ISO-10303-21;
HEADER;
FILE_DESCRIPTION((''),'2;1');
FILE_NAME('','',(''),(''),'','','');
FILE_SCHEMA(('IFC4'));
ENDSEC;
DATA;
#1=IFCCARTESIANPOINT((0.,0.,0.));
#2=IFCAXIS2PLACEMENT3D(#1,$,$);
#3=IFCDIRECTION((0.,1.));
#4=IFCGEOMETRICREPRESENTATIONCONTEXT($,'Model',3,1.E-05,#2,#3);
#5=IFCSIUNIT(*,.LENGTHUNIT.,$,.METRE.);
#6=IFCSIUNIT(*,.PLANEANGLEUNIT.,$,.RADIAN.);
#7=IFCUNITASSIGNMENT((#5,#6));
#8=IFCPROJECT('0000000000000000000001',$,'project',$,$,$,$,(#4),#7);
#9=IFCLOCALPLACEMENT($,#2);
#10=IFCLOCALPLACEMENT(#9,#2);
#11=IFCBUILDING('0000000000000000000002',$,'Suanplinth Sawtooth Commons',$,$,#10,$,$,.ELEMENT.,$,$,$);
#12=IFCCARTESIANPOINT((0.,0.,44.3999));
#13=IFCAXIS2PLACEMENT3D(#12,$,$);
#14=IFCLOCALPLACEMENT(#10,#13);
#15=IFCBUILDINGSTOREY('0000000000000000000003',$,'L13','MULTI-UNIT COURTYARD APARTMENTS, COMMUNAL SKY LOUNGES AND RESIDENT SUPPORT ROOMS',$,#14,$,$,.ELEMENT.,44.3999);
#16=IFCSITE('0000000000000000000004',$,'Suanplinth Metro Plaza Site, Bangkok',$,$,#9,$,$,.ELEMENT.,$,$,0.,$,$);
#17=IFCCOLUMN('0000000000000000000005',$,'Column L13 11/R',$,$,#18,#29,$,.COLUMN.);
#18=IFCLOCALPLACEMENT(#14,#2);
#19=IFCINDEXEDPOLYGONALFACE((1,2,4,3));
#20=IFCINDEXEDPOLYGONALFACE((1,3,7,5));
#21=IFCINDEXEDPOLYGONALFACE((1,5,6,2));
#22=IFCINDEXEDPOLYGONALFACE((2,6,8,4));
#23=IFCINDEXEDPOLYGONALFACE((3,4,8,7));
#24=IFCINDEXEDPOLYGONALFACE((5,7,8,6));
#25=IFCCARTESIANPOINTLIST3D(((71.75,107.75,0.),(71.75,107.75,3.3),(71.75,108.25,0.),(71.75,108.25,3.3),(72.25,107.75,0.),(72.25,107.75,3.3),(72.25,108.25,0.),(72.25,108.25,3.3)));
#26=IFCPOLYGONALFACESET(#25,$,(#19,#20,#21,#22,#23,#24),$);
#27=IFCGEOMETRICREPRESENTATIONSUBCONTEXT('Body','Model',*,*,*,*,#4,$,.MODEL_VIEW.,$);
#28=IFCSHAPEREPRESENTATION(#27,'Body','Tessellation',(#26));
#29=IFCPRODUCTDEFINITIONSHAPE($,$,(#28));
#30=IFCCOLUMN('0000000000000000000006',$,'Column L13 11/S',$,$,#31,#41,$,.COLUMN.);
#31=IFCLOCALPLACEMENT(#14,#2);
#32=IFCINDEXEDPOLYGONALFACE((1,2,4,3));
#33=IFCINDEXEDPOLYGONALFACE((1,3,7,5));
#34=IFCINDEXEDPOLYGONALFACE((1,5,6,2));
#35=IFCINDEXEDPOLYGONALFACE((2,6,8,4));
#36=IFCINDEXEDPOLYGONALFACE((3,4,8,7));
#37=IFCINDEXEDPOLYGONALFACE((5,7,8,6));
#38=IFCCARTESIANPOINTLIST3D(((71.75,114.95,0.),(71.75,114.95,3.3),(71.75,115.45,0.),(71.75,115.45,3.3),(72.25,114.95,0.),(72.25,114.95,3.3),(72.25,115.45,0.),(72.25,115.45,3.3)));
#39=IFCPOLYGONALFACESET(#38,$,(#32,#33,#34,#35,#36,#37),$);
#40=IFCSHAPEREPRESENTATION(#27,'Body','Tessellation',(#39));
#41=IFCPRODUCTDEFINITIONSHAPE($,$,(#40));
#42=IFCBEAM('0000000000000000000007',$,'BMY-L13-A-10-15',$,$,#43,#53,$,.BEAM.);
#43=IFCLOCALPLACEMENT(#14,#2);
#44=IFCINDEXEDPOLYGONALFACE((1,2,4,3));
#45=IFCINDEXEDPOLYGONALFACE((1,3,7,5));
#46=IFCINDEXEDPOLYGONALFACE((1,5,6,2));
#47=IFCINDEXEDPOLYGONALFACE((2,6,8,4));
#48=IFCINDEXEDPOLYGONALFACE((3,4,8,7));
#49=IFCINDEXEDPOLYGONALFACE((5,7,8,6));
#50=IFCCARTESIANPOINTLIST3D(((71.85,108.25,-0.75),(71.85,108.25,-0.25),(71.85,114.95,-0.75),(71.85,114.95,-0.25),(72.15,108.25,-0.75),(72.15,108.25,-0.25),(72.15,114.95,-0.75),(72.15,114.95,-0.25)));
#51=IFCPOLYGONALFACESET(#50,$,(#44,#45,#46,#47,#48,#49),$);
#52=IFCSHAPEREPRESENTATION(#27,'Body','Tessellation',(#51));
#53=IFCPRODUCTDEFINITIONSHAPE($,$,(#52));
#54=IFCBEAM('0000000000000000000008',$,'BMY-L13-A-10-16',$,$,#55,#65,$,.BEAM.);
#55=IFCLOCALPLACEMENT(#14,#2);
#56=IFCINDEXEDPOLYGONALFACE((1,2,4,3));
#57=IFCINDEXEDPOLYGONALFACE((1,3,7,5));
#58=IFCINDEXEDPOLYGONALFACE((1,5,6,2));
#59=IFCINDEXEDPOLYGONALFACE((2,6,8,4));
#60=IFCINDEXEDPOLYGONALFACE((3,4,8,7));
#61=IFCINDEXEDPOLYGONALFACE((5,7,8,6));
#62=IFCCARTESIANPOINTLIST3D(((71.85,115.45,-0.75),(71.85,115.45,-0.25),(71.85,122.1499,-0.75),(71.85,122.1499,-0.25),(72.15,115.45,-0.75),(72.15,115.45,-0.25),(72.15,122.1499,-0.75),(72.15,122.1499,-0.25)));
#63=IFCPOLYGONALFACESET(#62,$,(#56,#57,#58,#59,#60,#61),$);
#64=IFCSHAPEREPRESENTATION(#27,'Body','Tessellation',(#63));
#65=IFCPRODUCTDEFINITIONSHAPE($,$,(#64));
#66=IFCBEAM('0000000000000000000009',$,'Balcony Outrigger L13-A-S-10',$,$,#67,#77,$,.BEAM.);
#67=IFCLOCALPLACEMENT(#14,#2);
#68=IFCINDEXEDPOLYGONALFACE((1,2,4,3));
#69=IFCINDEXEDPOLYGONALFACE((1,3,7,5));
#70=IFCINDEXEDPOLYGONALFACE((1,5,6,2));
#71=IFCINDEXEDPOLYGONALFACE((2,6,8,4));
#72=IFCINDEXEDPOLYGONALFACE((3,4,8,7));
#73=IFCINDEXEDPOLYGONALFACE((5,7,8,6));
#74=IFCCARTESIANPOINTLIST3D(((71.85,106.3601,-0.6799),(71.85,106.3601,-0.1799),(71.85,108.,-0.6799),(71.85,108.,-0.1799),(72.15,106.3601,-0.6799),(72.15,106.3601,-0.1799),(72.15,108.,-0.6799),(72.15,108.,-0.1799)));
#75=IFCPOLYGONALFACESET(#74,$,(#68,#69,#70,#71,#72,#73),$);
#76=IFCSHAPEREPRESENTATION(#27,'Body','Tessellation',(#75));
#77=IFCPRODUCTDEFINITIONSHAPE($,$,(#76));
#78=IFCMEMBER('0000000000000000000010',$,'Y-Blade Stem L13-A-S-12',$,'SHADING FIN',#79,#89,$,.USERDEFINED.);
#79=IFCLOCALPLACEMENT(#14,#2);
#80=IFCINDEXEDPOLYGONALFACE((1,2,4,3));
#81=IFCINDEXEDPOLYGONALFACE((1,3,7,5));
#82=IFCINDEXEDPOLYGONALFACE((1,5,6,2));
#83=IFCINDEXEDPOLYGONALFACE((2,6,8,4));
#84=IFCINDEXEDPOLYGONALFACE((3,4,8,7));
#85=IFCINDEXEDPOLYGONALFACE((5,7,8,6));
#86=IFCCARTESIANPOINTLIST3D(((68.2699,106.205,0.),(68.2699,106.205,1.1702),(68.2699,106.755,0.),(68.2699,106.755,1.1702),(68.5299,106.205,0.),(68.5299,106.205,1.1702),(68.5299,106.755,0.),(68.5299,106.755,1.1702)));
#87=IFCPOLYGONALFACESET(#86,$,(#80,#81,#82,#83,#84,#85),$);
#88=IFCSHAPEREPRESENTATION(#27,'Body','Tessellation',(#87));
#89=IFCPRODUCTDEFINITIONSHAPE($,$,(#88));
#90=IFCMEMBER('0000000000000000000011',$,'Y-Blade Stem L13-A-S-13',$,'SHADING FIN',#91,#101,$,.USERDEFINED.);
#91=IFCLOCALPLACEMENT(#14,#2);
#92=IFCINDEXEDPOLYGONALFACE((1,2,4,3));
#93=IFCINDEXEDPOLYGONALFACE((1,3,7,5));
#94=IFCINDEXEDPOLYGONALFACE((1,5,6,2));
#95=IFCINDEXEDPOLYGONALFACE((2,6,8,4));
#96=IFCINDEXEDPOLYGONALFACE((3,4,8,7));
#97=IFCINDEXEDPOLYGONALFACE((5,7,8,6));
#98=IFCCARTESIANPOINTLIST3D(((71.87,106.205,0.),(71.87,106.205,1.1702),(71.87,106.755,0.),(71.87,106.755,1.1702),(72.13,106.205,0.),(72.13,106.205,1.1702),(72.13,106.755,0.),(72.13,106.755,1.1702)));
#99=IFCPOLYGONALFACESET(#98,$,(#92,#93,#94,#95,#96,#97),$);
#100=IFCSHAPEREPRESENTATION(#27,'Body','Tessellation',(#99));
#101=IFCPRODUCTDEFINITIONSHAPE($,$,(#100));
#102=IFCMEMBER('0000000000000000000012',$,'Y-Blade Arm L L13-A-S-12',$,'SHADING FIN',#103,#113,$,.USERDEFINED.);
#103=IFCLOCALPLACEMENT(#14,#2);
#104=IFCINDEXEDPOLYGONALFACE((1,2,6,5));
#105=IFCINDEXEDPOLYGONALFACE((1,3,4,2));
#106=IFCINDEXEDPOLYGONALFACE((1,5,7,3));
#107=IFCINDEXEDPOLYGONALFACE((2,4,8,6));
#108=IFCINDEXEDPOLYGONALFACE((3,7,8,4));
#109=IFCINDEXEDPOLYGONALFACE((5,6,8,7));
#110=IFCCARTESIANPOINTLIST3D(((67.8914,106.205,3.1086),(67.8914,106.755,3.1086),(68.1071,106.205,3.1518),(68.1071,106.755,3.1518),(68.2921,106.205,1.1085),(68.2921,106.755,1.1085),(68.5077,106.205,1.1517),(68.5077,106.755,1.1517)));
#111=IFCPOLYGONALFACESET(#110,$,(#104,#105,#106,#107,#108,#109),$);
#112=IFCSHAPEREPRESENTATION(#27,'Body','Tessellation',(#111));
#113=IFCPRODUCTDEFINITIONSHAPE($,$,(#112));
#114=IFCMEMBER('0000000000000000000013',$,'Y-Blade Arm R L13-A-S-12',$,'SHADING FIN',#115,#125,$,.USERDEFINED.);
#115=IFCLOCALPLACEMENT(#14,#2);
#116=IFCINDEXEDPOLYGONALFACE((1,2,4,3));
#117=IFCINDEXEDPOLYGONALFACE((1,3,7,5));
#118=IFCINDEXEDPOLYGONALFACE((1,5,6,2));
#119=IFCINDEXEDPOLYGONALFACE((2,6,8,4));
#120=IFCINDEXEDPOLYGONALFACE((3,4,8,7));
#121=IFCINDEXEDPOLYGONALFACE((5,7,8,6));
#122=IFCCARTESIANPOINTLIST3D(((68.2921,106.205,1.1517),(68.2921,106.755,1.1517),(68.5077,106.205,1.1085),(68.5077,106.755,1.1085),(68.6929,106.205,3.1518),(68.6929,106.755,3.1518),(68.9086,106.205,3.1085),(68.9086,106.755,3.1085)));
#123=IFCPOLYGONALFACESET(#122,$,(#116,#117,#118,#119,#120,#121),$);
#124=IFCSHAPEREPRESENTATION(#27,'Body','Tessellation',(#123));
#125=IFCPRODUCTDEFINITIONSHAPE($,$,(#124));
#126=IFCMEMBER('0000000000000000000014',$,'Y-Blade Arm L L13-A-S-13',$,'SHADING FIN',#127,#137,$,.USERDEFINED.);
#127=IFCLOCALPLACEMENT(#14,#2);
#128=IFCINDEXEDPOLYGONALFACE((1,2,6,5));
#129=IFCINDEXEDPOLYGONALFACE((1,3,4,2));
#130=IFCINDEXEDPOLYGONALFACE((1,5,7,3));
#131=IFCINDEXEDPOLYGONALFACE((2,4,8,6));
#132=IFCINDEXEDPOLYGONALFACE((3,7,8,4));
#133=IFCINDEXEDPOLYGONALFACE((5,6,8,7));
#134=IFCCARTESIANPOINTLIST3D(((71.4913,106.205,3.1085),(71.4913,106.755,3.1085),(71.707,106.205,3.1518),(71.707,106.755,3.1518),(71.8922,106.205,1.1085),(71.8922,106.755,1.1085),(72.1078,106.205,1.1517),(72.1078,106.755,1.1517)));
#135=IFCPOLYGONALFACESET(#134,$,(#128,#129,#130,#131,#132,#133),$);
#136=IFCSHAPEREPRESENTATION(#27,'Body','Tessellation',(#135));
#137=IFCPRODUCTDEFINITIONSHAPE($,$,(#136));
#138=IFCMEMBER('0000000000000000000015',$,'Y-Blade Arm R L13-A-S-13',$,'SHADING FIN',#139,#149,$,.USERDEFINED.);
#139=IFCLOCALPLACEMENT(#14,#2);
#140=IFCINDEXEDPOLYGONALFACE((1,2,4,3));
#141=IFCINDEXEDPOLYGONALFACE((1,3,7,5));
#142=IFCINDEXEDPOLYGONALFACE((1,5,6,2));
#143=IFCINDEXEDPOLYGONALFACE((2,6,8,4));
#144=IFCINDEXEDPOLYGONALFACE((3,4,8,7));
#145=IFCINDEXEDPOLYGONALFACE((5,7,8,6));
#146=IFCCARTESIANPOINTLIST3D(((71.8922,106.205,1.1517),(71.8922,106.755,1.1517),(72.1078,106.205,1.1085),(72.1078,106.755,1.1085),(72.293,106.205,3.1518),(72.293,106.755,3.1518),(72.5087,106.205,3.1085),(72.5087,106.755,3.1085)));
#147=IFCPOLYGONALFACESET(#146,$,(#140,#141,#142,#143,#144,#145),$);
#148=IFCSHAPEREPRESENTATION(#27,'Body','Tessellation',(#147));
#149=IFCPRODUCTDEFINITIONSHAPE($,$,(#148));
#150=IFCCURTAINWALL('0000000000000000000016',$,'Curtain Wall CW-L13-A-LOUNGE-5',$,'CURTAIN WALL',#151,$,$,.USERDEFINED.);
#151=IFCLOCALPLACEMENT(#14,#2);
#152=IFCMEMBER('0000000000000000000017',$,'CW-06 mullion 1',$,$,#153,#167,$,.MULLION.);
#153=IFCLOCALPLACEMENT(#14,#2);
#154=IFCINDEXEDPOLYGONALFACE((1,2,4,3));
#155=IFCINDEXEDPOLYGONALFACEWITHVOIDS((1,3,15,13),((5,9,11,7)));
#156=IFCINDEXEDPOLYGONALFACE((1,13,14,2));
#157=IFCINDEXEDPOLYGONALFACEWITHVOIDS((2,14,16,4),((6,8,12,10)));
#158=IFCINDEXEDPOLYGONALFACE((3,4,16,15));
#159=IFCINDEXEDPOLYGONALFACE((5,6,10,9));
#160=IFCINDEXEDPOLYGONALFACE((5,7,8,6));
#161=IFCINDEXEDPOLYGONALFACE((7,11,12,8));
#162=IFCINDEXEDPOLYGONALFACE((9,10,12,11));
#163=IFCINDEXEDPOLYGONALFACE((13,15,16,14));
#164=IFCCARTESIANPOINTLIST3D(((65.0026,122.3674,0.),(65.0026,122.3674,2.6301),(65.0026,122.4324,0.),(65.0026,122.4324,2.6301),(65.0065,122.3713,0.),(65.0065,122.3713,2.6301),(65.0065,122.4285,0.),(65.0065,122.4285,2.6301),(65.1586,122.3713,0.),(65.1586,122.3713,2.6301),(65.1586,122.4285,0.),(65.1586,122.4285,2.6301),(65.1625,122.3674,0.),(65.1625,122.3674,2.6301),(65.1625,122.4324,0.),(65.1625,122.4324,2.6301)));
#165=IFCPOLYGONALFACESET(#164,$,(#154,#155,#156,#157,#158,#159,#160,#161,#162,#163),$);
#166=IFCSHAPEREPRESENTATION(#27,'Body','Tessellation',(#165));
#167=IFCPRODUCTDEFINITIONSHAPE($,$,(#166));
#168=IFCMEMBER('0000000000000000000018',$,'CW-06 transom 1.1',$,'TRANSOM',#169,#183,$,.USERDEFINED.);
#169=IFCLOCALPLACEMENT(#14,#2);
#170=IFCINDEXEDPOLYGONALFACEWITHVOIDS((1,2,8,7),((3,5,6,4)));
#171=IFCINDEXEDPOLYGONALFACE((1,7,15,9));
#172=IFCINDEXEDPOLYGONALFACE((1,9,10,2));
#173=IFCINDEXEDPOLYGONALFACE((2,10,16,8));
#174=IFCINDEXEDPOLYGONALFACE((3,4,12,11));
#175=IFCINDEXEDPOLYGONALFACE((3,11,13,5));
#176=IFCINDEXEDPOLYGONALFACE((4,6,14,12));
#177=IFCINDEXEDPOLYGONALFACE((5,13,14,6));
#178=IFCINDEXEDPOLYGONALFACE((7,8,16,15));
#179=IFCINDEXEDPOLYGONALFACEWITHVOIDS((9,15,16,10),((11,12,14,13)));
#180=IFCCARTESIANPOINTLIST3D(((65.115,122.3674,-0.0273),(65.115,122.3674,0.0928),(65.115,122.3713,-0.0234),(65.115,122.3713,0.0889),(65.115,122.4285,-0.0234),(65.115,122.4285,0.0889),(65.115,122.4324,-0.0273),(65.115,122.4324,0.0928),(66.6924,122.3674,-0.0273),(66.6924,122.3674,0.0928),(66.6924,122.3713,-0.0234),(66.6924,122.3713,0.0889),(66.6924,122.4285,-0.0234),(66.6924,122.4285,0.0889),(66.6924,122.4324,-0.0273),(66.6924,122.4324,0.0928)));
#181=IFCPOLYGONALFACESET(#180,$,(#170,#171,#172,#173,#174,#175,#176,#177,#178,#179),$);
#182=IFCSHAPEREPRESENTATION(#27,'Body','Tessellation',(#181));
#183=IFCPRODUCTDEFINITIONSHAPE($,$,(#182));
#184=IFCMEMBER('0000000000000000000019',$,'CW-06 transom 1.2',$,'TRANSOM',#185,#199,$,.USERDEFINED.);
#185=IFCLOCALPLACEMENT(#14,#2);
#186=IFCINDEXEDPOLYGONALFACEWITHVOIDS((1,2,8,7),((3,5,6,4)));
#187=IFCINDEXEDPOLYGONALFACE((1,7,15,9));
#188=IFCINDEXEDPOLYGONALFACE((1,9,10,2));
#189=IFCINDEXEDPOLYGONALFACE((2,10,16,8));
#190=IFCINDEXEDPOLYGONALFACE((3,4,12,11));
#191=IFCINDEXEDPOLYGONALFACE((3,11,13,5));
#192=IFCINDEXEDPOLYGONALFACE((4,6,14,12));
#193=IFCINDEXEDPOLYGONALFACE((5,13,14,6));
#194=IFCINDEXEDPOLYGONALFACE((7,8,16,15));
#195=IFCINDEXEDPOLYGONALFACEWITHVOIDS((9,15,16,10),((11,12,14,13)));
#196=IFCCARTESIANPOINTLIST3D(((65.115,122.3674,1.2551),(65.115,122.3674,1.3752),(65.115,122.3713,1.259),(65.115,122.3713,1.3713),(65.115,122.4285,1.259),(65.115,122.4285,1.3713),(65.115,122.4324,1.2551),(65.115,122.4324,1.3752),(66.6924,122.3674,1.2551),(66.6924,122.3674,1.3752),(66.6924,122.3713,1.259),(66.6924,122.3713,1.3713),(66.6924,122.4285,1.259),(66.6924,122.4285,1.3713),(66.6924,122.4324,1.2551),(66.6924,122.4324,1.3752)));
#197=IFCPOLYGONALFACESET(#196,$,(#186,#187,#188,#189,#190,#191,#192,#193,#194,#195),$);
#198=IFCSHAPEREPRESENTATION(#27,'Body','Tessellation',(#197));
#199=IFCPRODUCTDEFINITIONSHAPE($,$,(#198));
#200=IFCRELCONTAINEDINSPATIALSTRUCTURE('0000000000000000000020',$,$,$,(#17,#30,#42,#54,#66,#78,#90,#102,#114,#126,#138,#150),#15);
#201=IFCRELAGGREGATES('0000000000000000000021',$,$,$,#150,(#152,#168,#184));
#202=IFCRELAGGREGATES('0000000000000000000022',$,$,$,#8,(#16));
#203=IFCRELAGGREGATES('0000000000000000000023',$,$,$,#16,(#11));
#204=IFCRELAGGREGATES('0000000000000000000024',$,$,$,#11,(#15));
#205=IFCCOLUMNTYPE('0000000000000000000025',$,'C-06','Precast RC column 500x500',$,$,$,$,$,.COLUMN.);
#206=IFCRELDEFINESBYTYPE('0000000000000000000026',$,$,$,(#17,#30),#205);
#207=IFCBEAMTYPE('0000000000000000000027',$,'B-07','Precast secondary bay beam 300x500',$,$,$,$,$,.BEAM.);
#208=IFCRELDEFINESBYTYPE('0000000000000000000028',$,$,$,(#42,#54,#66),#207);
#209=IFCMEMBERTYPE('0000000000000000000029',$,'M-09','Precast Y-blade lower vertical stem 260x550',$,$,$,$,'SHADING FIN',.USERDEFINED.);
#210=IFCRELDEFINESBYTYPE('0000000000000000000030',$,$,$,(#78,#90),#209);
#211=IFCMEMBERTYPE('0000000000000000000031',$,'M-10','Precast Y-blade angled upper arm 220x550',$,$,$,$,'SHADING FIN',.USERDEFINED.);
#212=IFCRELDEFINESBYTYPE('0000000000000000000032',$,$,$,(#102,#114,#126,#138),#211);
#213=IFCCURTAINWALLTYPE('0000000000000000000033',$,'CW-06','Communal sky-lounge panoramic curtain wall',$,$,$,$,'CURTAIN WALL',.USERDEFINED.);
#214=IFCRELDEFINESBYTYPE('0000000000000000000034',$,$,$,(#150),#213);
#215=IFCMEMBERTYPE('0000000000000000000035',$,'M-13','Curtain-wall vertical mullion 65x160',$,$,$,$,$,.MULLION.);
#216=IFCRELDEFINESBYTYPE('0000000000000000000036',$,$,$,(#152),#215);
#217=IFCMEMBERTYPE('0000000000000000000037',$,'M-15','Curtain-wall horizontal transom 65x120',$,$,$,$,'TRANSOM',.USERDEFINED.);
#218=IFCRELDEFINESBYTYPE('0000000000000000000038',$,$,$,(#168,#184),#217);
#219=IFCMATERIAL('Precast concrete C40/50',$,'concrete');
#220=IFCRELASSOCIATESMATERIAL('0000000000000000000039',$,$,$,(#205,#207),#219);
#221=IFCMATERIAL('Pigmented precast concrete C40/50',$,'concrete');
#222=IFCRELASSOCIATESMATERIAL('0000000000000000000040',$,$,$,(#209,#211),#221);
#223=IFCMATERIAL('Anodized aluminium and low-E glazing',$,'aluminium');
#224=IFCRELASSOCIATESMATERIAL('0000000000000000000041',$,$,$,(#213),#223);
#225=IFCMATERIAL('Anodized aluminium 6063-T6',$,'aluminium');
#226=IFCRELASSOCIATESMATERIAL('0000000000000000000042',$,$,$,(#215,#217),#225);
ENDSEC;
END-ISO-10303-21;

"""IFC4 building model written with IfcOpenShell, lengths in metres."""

from ifc_helpers import new_model, si_unit, direction, frame, origin, origin_2d, place, context, subcontext, project, spatial, rectangle, hollow_rectangle, extrude, material, material_profile, profile_set, type_object, element, aggregate, save


model = new_model("IFC4")

# Units and contexts
model_context = context("Model", 3, precision=1e-05, world=origin(), true_north=direction((0.0, 1.0)))
body_context = subcontext(model_context, "Body", "Model", "MODEL_VIEW")
ifc_project = project(units=[si_unit("LENGTHUNIT", "METRE"), si_unit("PLANEANGLEUNIT", "RADIAN")], contexts=[model_context])

# Site, building, storey
site_placement = place(None, origin())
site = spatial("IfcSite", under=ifc_project, at=site_placement, Name="Suanplinth Metro Plaza Site, Bangkok", CompositionType="ELEMENT", RefElevation=0.0)
building_placement = place(site_placement, origin())
building = spatial("IfcBuilding", under=site, at=building_placement, Name="Suanplinth Sawtooth Commons", CompositionType="ELEMENT")
storey_placement = place(building_placement, frame((0.0, 0.0, 44.3999)))
storey = spatial("IfcBuildingStorey", under=building, at=storey_placement, Name="L13", Description="MULTI-UNIT COURTYARD APARTMENTS, COMMUNAL SKY LOUNGES AND RESIDENT SUPPORT ROOMS", CompositionType="ELEMENT", Elevation=44.3999)

# Columns
ifc_material_1 = material(Name="Precast concrete C40/50", Category="concrete")
ifc_material_profile_1 = material_profile(ifc_material_1, rectangle(XDim=0.5, YDim=0.5, at=origin_2d()), Name="PC-COL 500x500")
ifc_profile_set_1 = profile_set([ifc_material_profile_1], Name="Precast concrete C40/50")
column_type = type_object("IfcColumnType", Name="C-06", Description="Precast RC column 500x500", PredefinedType="COLUMN", material=ifc_profile_set_1)
for number, where, z_axis, x_axis, name in (
    (1, (72.0, 108.0, 0.0), (0.0, 0.0, 1.0), (1.0, 0.0, 0.0), "Column L13 11/R"),
    (2, (72.0, 115.2, 0.0), (0.0, 0.0, 1.0), (1.0, 0.0, 0.0), "Column L13 11/S"),
):
    element("IfcColumn", number, at=place(storey_placement, frame(where, z_axis=z_axis, x_axis=x_axis)), inside=storey, type_object=column_type, Name=name, PredefinedType="COLUMN", context=body_context, shape_type="SweptSolid", body=[
        extrude(rectangle(XDim=0.5, YDim=0.5, at=origin_2d()), origin(), (0.0, 0.0, 1.0), 3.3),
    ])

# Beams
ifc_material_profile_2 = material_profile(ifc_material_1, rectangle(XDim=0.3, YDim=0.5, at=origin_2d()), Name="PC-BM 300x500")
ifc_profile_set_2 = profile_set([ifc_material_profile_2], Name="Precast concrete C40/50")
beam_type = type_object("IfcBeamType", Name="B-07", Description="Precast secondary bay beam 300x500", PredefinedType="BEAM", material=ifc_profile_set_2)
for number, where, z_axis, x_axis, name in (
    (3, (72.0, 108.25, -0.5), (0.0, 1.0, 0.0), (-1.0, 0.0, 0.0), "BMY-L13-A-10-15"),
    (4, (72.0, 115.45, -0.5), (0.0, 1.0, 0.0), (-1.0, 0.0, 0.0), "BMY-L13-A-10-16"),
):
    element("IfcBeam", number, at=place(storey_placement, frame(where, z_axis=z_axis, x_axis=x_axis)), inside=storey, type_object=beam_type, Name=name, PredefinedType="BEAM", context=body_context, shape_type="SweptSolid", body=[
        extrude(rectangle(XDim=0.3, YDim=0.5, at=origin_2d()), origin(), (0.0, 0.0, 1.0), 6.7),
    ])
beam_placement = place(storey_placement, frame((72.0, 108.0, -0.4299), z_axis=(0.0, -1.0, 0.0), x_axis=(1.0, 0.0, 0.0)))
element("IfcBeam", 5, at=beam_placement, inside=storey, type_object=beam_type, Name="Balcony Outrigger L13-A-S-10", PredefinedType="BEAM", context=body_context, shape_type="SweptSolid", body=[
    extrude(rectangle(XDim=0.3, YDim=0.5, at=origin_2d()), origin(), (0.0, 0.0, 1.0), 1.6399),
])

# Members
ifc_material_2 = material(Name="Pigmented precast concrete C40/50", Category="concrete")
ifc_material_profile_3 = material_profile(ifc_material_2, rectangle(XDim=0.26, YDim=0.55, at=origin_2d()), Name="PC-FIN 260x550")
ifc_profile_set_3 = profile_set([ifc_material_profile_3], Name="Pigmented precast concrete C40/50")
member_type_1 = type_object("IfcMemberType", Name="M-09", Description="Precast Y-blade lower vertical stem 260x550", ElementType="SHADING FIN", PredefinedType="USERDEFINED", material=ifc_profile_set_3)
for number, where, z_axis, x_axis, name in (
    (6, (68.3999, 106.48, 0.0), (0.0, 0.0, 1.0), (1.0, 0.0, 0.0), "Y-Blade Stem L13-A-S-12"),
    (7, (72.0, 106.48, 0.0), (0.0, 0.0, 1.0), (1.0, 0.0, 0.0), "Y-Blade Stem L13-A-S-13"),
):
    element("IfcMember", number, at=place(storey_placement, frame(where, z_axis=z_axis, x_axis=x_axis)), inside=storey, type_object=member_type_1, Name=name, ObjectType="SHADING FIN", PredefinedType="USERDEFINED", context=body_context, shape_type="SweptSolid", body=[
        extrude(rectangle(XDim=0.26, YDim=0.55, at=origin_2d()), origin(), (0.0, 0.0, 1.0), 1.1702),
    ])
ifc_material_profile_4 = material_profile(ifc_material_2, rectangle(XDim=0.22, YDim=0.55, at=origin_2d()), Name="PC-FIN 220x550")
ifc_profile_set_4 = profile_set([ifc_material_profile_4], Name="Pigmented precast concrete C40/50")
member_type_2 = type_object("IfcMemberType", Name="M-10", Description="Precast Y-blade angled upper arm 220x550", ElementType="SHADING FIN", PredefinedType="USERDEFINED", material=ifc_profile_set_4)
for number, where, z_axis, x_axis, name in (
    (8, (68.3999, 106.48, 1.1301), (-0.196415, 0.0, 0.980521), (0.980521, 0.0, 0.196415), "Y-Blade Arm L L13-A-S-12"),
    (9, (68.3999, 106.48, 1.1301), (0.19653, 0.0, 0.980498), (-0.980498, 0.0, 0.19653), "Y-Blade Arm R L13-A-S-12"),
    (10, (72.0, 106.48, 1.1301), (-0.19653, 0.0, 0.980498), (0.980498, 0.0, 0.19653), "Y-Blade Arm L L13-A-S-13"),
    (11, (72.0, 106.48, 1.1301), (0.19653, 0.0, 0.980498), (-0.980498, 0.0, 0.19653), "Y-Blade Arm R L13-A-S-13"),
):
    element("IfcMember", number, at=place(storey_placement, frame(where, z_axis=z_axis, x_axis=x_axis)), inside=storey, type_object=member_type_2, Name=name, ObjectType="SHADING FIN", PredefinedType="USERDEFINED", context=body_context, shape_type="SweptSolid", body=[
        extrude(rectangle(XDim=0.22, YDim=0.55, at=origin_2d()), origin(), (0.0, 0.0, 1.0), 2.0398),
    ])

# Curtain wall, members
ifc_material_3 = material(Name="Anodized aluminium and low-E glazing", Category="aluminium")
curtain_wall_type = type_object("IfcCurtainWallType", Name="CW-06", Description="Communal sky-lounge panoramic curtain wall", ElementType="CURTAIN WALL", PredefinedType="USERDEFINED", material=ifc_material_3)
curtain_wall_placement = place(storey_placement, origin())
curtain_wall = element("IfcCurtainWall", 12, at=curtain_wall_placement, inside=storey, type_object=curtain_wall_type, Name="Curtain Wall CW-L13-A-LOUNGE-5", ObjectType="CURTAIN WALL", PredefinedType="USERDEFINED")
ifc_material_4 = material(Name="Anodized aluminium 6063-T6", Category="aluminium")
ifc_material_profile_5 = material_profile(ifc_material_4, hollow_rectangle(XDim=0.0649, YDim=0.1599, WallThickness=0.0039, at=origin_2d()), Name="ALU-MUL 65x160")
ifc_profile_set_5 = profile_set([ifc_material_profile_5], Name="Anodized aluminium 6063-T6")
member_type_3 = type_object("IfcMemberType", Name="M-13", Description="Curtain-wall vertical mullion 65x160", PredefinedType="MULLION", material=ifc_profile_set_5)
member_1_placement = place(storey_placement, frame((65.0825, 122.3999, 0.0), z_axis=(0.0, 0.0, 1.0), x_axis=(0.0, 1.0, 0.0)))
member_1 = element("IfcMember", 13, at=member_1_placement, type_object=member_type_3, Name="CW-06 mullion 1", PredefinedType="MULLION", context=body_context, shape_type="SweptSolid", body=[
    extrude(hollow_rectangle(XDim=0.0649, YDim=0.1599, WallThickness=0.0039, at=origin_2d()), origin(), (0.0, 0.0, 1.0), 2.6301),
])
ifc_material_profile_6 = material_profile(ifc_material_4, hollow_rectangle(XDim=0.0649, YDim=0.1201, WallThickness=0.0039, at=origin_2d()), Name="ALU-TRN 65x120")
ifc_profile_set_6 = profile_set([ifc_material_profile_6], Name="Anodized aluminium 6063-T6")
member_type_4 = type_object("IfcMemberType", Name="M-15", Description="Curtain-wall horizontal transom 65x120", ElementType="TRANSOM", PredefinedType="USERDEFINED", material=ifc_profile_set_6)
member_2_placement = place(storey_placement, frame((65.115, 122.3999, 0.0327), z_axis=(1.0, 0.0, 0.0), x_axis=(0.0, 1.0, 0.0)))
member_2 = element("IfcMember", 14, at=member_2_placement, type_object=member_type_4, Name="CW-06 transom 1.1", ObjectType="TRANSOM", PredefinedType="USERDEFINED", context=body_context, shape_type="SweptSolid", body=[
    extrude(hollow_rectangle(XDim=0.0649, YDim=0.1201, WallThickness=0.0039, at=origin_2d()), origin(), (0.0, 0.0, 1.0), 1.5774),
])
member_3_placement = place(storey_placement, frame((65.115, 122.3999, 1.3152), z_axis=(1.0, 0.0, 0.0), x_axis=(0.0, 1.0, 0.0)))
member_3 = element("IfcMember", 15, at=member_3_placement, type_object=member_type_4, Name="CW-06 transom 1.2", ObjectType="TRANSOM", PredefinedType="USERDEFINED", context=body_context, shape_type="SweptSolid", body=[
    extrude(hollow_rectangle(XDim=0.0649, YDim=0.1201, WallThickness=0.0039, at=origin_2d()), origin(), (0.0, 0.0, 1.0), 1.5774),
])

aggregate(curtain_wall, [member_1, member_2, member_3])

save(model, "model.ifc")
